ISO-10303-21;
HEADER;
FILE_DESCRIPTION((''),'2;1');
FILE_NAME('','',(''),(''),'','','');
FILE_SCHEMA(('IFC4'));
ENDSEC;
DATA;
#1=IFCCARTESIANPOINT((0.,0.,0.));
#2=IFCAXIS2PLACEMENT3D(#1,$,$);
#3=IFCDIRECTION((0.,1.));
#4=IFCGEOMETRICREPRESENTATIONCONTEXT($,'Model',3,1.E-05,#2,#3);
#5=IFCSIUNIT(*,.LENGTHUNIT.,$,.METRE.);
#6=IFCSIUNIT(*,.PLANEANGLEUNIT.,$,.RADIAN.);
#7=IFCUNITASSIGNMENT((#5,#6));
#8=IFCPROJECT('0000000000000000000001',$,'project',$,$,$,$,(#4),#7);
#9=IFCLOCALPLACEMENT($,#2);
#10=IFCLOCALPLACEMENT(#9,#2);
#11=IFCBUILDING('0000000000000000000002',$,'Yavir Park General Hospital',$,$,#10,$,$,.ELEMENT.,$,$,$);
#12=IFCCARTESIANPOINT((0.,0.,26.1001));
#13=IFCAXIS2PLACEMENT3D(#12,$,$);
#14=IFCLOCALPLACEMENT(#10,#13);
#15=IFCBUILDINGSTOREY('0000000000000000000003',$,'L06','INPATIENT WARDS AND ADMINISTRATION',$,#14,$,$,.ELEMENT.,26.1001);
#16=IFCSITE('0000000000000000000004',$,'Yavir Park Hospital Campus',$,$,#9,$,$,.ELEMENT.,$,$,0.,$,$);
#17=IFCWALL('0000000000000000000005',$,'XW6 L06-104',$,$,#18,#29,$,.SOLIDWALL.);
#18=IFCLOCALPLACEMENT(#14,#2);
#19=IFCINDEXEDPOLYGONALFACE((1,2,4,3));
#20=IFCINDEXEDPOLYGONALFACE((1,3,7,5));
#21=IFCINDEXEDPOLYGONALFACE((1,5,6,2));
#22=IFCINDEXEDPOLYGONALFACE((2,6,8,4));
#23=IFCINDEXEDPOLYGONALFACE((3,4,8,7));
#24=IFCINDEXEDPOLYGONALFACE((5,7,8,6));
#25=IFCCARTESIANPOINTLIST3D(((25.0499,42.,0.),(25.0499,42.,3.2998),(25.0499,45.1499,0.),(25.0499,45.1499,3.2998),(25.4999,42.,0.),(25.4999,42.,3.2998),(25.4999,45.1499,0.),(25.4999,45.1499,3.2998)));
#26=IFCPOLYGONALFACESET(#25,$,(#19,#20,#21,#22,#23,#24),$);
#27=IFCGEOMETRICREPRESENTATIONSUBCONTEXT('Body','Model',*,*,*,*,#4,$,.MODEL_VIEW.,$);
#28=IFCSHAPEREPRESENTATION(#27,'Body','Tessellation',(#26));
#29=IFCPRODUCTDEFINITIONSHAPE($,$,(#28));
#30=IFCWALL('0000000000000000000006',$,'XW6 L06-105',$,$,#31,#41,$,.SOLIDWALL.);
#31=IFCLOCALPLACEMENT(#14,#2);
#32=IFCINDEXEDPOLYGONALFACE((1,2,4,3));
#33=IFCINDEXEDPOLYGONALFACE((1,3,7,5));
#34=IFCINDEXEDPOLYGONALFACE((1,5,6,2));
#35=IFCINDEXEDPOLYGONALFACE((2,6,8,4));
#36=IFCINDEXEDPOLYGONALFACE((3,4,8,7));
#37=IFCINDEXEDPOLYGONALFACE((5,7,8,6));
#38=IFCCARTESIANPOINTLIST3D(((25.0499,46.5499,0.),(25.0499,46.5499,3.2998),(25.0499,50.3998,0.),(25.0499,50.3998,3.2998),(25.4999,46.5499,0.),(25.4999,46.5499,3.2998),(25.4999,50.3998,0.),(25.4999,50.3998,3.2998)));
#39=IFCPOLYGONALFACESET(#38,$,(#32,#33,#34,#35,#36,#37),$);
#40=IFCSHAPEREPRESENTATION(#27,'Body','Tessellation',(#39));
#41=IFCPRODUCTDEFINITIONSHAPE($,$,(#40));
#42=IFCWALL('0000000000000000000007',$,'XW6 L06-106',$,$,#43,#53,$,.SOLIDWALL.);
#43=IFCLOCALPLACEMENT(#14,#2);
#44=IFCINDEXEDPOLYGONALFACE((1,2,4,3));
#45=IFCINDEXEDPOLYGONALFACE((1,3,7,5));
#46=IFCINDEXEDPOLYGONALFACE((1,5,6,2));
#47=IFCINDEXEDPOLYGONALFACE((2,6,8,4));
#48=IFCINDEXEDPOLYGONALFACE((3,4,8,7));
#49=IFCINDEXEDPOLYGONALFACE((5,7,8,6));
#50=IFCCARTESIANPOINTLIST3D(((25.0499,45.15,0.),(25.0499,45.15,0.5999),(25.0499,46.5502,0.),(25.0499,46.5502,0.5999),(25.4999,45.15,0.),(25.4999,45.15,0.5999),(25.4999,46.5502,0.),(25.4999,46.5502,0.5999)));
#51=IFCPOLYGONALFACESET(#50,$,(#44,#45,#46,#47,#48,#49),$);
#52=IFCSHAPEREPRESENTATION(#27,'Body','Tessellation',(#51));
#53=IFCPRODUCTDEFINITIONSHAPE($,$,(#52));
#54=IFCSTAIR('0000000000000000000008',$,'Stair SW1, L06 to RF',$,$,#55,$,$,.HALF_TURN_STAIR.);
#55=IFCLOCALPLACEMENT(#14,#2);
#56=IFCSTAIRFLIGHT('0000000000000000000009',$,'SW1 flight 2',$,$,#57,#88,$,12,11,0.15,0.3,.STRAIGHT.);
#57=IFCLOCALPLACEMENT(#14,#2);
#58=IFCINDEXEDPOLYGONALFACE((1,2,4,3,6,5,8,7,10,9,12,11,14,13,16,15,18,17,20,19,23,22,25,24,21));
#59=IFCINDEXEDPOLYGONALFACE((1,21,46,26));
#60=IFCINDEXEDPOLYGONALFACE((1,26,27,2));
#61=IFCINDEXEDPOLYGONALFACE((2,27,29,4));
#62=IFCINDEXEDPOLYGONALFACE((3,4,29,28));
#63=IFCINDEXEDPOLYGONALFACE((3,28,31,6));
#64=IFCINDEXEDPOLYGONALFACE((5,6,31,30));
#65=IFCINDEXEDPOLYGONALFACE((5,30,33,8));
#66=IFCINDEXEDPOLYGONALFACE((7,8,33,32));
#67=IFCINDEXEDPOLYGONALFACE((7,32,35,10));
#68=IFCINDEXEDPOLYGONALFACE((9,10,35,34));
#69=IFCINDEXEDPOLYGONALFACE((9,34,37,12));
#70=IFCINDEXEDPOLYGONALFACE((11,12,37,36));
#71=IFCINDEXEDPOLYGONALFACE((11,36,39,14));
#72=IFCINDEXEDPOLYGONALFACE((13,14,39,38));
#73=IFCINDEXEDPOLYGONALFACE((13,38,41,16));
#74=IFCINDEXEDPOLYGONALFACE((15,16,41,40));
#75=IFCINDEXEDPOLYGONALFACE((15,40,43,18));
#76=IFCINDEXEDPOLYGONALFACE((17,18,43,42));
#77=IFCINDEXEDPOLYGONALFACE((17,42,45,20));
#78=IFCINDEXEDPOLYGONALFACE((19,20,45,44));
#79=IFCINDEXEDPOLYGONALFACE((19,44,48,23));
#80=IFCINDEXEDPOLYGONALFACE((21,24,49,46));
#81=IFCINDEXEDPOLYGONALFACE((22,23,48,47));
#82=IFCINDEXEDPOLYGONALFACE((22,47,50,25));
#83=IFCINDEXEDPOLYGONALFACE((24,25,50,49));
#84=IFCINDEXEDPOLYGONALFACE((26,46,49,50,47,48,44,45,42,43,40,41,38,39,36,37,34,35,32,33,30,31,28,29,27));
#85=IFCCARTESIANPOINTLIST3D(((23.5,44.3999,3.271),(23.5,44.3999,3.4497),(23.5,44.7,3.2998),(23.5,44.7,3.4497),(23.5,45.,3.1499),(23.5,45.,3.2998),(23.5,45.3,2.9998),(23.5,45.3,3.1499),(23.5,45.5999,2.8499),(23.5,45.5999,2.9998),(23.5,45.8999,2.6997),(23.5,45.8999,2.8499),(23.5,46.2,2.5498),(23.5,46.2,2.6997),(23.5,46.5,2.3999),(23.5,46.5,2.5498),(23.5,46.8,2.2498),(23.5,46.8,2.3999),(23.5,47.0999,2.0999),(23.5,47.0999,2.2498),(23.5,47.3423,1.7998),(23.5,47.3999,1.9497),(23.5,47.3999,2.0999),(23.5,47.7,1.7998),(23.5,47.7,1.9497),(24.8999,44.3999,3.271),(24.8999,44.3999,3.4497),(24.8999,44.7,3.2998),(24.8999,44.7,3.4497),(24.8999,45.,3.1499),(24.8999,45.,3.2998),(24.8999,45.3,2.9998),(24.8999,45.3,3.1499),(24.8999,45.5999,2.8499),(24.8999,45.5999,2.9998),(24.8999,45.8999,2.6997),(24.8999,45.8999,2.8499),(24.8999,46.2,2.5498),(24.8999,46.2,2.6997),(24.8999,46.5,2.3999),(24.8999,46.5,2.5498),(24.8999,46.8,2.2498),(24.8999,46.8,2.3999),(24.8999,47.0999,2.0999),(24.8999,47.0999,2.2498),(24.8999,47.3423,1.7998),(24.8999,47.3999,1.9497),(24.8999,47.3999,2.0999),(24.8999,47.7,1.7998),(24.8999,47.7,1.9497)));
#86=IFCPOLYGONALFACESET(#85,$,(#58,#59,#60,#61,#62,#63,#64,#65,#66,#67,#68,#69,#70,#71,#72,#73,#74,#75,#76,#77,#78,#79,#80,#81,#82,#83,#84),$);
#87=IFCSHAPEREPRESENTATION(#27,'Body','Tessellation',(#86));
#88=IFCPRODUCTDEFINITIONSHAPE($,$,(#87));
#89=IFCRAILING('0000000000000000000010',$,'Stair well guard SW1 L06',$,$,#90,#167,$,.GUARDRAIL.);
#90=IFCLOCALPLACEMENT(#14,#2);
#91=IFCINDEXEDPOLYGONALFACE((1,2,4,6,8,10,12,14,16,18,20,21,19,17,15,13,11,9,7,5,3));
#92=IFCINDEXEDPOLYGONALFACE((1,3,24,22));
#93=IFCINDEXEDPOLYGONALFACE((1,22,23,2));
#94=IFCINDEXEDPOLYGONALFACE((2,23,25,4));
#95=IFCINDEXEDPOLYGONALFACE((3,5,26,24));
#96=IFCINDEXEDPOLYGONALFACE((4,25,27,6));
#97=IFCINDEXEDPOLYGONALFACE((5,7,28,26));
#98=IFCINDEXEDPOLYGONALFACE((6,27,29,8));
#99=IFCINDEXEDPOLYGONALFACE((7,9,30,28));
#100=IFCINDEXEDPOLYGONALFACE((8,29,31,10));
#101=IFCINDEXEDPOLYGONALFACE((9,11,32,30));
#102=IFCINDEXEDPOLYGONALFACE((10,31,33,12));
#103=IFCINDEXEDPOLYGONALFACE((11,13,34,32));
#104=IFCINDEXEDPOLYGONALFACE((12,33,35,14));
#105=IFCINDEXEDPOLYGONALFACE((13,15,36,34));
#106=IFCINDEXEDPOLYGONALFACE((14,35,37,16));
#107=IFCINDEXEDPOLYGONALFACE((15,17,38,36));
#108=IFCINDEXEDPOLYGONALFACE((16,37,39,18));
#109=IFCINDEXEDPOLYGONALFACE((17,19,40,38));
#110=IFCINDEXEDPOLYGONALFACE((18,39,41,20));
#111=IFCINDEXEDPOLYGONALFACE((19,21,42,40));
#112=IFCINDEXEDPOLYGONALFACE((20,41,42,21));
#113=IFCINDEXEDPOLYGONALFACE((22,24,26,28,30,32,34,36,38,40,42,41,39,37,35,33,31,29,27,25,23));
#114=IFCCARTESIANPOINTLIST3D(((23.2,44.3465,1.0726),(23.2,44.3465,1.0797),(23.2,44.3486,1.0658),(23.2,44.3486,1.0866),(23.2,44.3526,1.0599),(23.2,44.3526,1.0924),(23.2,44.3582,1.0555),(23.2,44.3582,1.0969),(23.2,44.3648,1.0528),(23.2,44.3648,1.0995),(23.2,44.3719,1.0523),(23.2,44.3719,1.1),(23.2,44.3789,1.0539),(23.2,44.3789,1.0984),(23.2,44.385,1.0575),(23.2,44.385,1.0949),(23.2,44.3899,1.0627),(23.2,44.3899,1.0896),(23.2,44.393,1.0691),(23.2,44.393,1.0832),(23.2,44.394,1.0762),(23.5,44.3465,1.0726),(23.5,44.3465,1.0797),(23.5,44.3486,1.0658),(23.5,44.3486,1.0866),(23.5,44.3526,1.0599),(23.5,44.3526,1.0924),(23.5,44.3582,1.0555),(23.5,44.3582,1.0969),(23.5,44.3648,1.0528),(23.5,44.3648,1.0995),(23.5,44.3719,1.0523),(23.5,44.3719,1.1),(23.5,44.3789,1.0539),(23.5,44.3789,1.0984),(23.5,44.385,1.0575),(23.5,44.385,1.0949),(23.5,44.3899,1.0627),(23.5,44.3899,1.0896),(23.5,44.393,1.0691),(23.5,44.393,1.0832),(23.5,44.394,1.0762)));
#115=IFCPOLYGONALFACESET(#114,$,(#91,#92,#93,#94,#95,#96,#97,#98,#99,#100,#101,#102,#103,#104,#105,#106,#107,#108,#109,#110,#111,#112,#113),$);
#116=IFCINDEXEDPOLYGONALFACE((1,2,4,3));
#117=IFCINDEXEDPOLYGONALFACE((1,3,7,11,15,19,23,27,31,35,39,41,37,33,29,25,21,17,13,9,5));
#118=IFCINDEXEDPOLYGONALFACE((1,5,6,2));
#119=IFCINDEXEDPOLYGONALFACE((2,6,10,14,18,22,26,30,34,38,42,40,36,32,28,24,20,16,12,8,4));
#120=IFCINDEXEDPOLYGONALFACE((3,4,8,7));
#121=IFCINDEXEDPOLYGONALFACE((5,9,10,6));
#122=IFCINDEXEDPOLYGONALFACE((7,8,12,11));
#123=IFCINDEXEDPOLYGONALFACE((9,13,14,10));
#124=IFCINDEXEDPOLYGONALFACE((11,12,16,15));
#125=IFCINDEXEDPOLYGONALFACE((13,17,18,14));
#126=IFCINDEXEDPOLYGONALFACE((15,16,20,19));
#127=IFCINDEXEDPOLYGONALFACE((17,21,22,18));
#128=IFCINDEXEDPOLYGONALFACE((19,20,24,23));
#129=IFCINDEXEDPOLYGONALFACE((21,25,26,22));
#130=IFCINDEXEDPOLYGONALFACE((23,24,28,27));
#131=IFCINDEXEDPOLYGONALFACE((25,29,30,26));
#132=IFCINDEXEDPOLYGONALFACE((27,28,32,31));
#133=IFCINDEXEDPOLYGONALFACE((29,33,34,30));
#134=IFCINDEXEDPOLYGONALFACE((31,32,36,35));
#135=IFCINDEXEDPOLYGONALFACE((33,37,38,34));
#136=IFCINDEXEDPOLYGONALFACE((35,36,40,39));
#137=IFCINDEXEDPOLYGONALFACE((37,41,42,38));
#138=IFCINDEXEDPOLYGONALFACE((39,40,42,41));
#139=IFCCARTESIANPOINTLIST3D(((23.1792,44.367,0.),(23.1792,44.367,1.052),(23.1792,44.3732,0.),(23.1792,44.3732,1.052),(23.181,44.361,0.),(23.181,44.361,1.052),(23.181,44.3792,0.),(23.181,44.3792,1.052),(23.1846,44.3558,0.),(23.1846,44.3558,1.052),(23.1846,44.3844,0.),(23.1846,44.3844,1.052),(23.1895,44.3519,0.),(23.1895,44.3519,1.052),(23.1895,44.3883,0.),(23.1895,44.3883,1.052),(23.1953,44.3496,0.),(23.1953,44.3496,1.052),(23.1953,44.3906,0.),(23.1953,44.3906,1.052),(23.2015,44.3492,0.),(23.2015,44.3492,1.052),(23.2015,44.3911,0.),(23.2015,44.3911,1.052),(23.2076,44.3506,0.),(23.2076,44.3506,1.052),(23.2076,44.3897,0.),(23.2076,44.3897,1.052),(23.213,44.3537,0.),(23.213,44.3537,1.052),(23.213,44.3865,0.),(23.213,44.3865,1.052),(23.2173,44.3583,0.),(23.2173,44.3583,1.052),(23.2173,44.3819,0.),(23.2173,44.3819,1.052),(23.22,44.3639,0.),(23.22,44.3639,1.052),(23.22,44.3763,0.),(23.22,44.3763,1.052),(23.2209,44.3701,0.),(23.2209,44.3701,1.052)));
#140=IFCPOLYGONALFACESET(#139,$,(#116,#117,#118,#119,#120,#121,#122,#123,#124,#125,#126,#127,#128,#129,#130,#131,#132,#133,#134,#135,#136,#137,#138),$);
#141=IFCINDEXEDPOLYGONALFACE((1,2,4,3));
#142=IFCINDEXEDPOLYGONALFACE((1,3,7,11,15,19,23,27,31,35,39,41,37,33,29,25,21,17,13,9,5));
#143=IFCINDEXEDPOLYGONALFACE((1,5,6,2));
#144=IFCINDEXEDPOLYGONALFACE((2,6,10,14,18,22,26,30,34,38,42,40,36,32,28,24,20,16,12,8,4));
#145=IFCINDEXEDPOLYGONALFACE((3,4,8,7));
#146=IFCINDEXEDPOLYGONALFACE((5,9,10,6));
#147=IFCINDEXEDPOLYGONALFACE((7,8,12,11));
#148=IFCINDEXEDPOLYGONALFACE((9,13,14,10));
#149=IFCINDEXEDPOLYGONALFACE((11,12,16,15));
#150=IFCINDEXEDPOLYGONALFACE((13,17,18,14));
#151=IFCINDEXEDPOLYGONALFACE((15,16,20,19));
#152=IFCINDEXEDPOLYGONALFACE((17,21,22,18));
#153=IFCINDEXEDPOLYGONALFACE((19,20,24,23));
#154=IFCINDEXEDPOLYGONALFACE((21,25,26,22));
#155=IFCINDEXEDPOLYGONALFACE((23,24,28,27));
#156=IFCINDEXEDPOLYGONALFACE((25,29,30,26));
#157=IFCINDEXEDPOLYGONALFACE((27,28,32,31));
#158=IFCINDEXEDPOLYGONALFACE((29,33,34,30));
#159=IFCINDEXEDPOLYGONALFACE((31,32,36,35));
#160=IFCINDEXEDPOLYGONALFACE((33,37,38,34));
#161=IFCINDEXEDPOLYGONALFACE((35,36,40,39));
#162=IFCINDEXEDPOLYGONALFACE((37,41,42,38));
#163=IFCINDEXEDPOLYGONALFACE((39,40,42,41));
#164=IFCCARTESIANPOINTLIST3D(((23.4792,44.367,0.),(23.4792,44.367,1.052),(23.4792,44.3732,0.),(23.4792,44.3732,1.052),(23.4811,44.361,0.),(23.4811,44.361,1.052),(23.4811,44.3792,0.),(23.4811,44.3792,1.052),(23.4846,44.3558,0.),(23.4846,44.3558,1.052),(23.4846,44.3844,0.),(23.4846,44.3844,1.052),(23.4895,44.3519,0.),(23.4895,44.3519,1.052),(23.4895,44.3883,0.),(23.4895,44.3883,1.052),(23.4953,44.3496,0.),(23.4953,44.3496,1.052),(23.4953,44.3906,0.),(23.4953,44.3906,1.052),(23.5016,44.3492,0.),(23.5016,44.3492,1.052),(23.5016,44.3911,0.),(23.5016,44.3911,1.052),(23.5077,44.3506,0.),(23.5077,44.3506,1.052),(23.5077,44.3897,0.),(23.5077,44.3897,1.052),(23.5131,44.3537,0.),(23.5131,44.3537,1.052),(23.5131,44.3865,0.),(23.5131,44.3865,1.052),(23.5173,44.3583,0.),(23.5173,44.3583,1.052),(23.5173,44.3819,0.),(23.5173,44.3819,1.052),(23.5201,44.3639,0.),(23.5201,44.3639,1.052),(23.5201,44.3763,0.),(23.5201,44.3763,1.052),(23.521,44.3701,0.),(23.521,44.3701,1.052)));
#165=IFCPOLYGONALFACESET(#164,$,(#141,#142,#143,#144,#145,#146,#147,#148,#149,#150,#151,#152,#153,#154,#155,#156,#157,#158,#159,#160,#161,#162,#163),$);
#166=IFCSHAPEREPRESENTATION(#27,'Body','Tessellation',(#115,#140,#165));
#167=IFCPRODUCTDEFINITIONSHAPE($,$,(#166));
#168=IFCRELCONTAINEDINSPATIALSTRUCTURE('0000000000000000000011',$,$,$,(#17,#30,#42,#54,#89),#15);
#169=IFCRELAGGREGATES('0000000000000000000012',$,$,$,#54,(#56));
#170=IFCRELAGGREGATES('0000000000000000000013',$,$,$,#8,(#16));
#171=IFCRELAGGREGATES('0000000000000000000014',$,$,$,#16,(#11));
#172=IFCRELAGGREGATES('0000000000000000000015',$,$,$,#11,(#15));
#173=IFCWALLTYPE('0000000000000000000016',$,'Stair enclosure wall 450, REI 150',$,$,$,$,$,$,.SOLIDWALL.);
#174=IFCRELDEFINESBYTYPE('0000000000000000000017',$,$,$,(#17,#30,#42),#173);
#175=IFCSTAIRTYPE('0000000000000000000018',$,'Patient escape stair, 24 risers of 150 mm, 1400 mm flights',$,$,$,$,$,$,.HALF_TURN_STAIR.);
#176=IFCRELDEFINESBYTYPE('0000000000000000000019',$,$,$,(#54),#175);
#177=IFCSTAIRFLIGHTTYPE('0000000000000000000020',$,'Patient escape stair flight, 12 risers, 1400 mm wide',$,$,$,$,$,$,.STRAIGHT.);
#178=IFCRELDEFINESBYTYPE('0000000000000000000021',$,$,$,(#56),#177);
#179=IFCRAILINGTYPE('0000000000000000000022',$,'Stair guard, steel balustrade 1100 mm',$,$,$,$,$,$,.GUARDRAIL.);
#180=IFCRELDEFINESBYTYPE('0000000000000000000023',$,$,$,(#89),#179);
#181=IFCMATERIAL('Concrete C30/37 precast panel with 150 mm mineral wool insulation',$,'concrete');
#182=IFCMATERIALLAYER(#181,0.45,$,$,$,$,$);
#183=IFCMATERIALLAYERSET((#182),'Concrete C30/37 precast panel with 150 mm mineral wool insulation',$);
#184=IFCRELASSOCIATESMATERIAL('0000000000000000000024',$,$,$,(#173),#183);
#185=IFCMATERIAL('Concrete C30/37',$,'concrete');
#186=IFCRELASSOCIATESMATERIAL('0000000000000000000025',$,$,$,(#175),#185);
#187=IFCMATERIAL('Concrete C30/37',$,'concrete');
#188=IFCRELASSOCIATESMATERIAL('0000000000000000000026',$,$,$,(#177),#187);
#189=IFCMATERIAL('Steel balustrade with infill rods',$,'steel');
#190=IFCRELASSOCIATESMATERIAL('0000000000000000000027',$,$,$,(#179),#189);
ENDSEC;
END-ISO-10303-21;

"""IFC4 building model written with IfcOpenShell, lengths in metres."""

from ifc_helpers import new_model, si_unit, direction, frame, frame_2d, origin, origin_2d, place, context, subcontext, project, spatial, polyline, rectangle, circle, outline, extrude, material, layer, layer_set, type_object, element, aggregate, save


model = new_model("IFC4")

# Units and contexts
model_context = context("Model", 3, precision=1e-05, world=origin(), true_north=direction((0.0, 1.0)))
body_context = subcontext(model_context, "Body", "Model", "MODEL_VIEW")
ifc_project = project(units=[si_unit("LENGTHUNIT", "METRE"), si_unit("PLANEANGLEUNIT", "RADIAN")], contexts=[model_context])

# Site, building, storey
site_placement = place(None, origin())
site = spatial("IfcSite", under=ifc_project, at=site_placement, Name="Yavir Park Hospital Campus", CompositionType="ELEMENT", RefElevation=0.0)
building_placement = place(site_placement, origin())
building = spatial("IfcBuilding", under=site, at=building_placement, Name="Yavir Park General Hospital", CompositionType="ELEMENT")
storey_placement = place(building_placement, frame((0.0, 0.0, 26.1001)))
storey = spatial("IfcBuildingStorey", under=building, at=storey_placement, Name="L06", Description="INPATIENT WARDS AND ADMINISTRATION", CompositionType="ELEMENT", Elevation=26.1001)

# Walls
ifc_material_1 = material(Name="Concrete C30/37 precast panel with 150 mm mineral wool insulation", Category="concrete")
ifc_layer_1 = layer(ifc_material_1, 0.45)
ifc_layer_set_1 = layer_set([ifc_layer_1], Name="Concrete C30/37 precast panel with 150 mm mineral wool insulation")
wall_type_1 = type_object("IfcWallType", Name="Stair enclosure wall 450, REI 150", PredefinedType="SOLIDWALL", material=ifc_layer_set_1)
wall_1_placement = place(storey_placement, frame((25.2749, 42.0, 0.0), z_axis=(0.0, 0.0, 1.0), x_axis=(0.0, 1.0, 0.0)))
element("IfcWall", 1, at=wall_1_placement, inside=storey, type_object=wall_type_1, Name="XW6 L06-104", PredefinedType="SOLIDWALL", context=body_context, shape_type="SweptSolid", body=[
    extrude(rectangle(XDim=3.1499, YDim=0.45, at=frame_2d((1.575, 0.0))), origin(), (0.0, 0.0, 1.0), 3.2998),
])
wall_2_placement = place(storey_placement, frame((25.2749, 46.55, 0.0), z_axis=(0.0, 0.0, 1.0), x_axis=(0.0, 1.0, 0.0)))
element("IfcWall", 2, at=wall_2_placement, inside=storey, type_object=wall_type_1, Name="XW6 L06-105", PredefinedType="SOLIDWALL", context=body_context, shape_type="SweptSolid", body=[
    extrude(rectangle(XDim=3.8499, YDim=0.45, at=frame_2d((1.9248, 0.0))), origin(), (0.0, 0.0, 1.0), 3.2998),
])
wall_3_placement = place(storey_placement, frame((25.2749, 45.1499, 0.0), z_axis=(0.0, 0.0, 1.0), x_axis=(0.0, 1.0, 0.0)))
element("IfcWall", 3, at=wall_3_placement, inside=storey, type_object=wall_type_1, Name="XW6 L06-106", PredefinedType="SOLIDWALL", context=body_context, shape_type="SweptSolid", body=[
    extrude(rectangle(XDim=1.4001, YDim=0.45, at=frame_2d((0.7002, 0.0))), origin(), (0.0, 0.0, 1.0), 0.5999),
])

# Stair, stair flight
ifc_material_2 = material(Name="Concrete C30/37", Category="concrete")
stair_type = type_object("IfcStairType", Name="Patient escape stair, 24 risers of 150 mm, 1400 mm flights", PredefinedType="HALF_TURN_STAIR", material=ifc_material_2)
stair_placement = place(storey_placement, origin())
stair = element("IfcStair", 4, at=stair_placement, inside=storey, type_object=stair_type, Name="Stair SW1, L06 to RF", PredefinedType="HALF_TURN_STAIR")
ifc_material_3 = material(Name="Concrete C30/37", Category="concrete")
stair_flight_type = type_object("IfcStairFlightType", Name="Patient escape stair flight, 12 risers, 1400 mm wide", PredefinedType="STRAIGHT", material=ifc_material_3)
stair_flight_placement = place(storey_placement, frame((24.2, 47.7, 1.7998), z_axis=(0.0, 0.0, 1.0), x_axis=(0.0, -1.0, 0.0)))
stair_flight = element("IfcStairFlight", 5, at=stair_flight_placement, type_object=stair_flight_type, Name="SW1 flight 2", NumberOfRisers=12, NumberOfTreads=11, PredefinedType="STRAIGHT", RiserHeight=0.15, TreadLength=0.3, context=body_context, shape_type="SweptSolid", body=[
    extrude(outline(polyline([(0.0, 0.0), (0.0, 0.1499), (0.3, 0.1499), (0.3, 0.3), (0.6001, 0.3), (0.6001, 0.45), (0.8999, 0.45), (0.8999, 0.6001), (1.2, 0.6001), (1.2, 0.75), (1.5, 0.75), (1.5, 0.8999), (1.8, 0.8999), (1.8, 1.05), (2.1001, 1.05), (2.1001, 1.2), (2.3999, 1.2), (2.3999, 1.3501), (2.7, 1.3501), (2.7, 1.5), (3.0, 1.5), (3.0, 1.6499), (3.3, 1.6499), (3.3, 1.8), (3.3, 1.4712), (0.3577, 0.0), (0.0, 0.0)])), frame((0.0, 0.7, 0.0), z_axis=(0.0, -1.0, 0.0), x_axis=(1.0, 0.0, 0.0)), (0.0, 0.0, 1.0), 1.3999),
])
aggregate(stair, [stair_flight])

# Railing
ifc_material_4 = material(Name="Steel balustrade with infill rods", Category="steel")
railing_type_1 = type_object("IfcRailingType", Name="Stair guard, steel balustrade 1100 mm", PredefinedType="GUARDRAIL", material=ifc_material_4)
railing_1_placement = place(storey_placement, frame((23.2, 44.3701, 0.0)))
element("IfcRailing", 6, at=railing_1_placement, inside=storey, type_object=railing_type_1, Name="Stair well guard SW1 L06", PredefinedType="GUARDRAIL", context=body_context, shape_type="SweptSolid", body=[
    extrude(circle(Radius=0.0239, at=origin_2d()), frame((0.0, 0.0, 1.0762), z_axis=(1.0, 0.0, 0.0), x_axis=(0.0, 1.0, 0.0)), (0.0, 0.0, 1.0), 0.3),
    extrude(circle(Radius=0.021, at=origin_2d()), origin(), (0.0, 0.0, 1.0), 1.052),
    extrude(circle(Radius=0.021, at=origin_2d()), frame((0.3, 0.0, 0.0)), (0.0, 0.0, 1.0), 1.052),
])

save(model, "model.ifc")
